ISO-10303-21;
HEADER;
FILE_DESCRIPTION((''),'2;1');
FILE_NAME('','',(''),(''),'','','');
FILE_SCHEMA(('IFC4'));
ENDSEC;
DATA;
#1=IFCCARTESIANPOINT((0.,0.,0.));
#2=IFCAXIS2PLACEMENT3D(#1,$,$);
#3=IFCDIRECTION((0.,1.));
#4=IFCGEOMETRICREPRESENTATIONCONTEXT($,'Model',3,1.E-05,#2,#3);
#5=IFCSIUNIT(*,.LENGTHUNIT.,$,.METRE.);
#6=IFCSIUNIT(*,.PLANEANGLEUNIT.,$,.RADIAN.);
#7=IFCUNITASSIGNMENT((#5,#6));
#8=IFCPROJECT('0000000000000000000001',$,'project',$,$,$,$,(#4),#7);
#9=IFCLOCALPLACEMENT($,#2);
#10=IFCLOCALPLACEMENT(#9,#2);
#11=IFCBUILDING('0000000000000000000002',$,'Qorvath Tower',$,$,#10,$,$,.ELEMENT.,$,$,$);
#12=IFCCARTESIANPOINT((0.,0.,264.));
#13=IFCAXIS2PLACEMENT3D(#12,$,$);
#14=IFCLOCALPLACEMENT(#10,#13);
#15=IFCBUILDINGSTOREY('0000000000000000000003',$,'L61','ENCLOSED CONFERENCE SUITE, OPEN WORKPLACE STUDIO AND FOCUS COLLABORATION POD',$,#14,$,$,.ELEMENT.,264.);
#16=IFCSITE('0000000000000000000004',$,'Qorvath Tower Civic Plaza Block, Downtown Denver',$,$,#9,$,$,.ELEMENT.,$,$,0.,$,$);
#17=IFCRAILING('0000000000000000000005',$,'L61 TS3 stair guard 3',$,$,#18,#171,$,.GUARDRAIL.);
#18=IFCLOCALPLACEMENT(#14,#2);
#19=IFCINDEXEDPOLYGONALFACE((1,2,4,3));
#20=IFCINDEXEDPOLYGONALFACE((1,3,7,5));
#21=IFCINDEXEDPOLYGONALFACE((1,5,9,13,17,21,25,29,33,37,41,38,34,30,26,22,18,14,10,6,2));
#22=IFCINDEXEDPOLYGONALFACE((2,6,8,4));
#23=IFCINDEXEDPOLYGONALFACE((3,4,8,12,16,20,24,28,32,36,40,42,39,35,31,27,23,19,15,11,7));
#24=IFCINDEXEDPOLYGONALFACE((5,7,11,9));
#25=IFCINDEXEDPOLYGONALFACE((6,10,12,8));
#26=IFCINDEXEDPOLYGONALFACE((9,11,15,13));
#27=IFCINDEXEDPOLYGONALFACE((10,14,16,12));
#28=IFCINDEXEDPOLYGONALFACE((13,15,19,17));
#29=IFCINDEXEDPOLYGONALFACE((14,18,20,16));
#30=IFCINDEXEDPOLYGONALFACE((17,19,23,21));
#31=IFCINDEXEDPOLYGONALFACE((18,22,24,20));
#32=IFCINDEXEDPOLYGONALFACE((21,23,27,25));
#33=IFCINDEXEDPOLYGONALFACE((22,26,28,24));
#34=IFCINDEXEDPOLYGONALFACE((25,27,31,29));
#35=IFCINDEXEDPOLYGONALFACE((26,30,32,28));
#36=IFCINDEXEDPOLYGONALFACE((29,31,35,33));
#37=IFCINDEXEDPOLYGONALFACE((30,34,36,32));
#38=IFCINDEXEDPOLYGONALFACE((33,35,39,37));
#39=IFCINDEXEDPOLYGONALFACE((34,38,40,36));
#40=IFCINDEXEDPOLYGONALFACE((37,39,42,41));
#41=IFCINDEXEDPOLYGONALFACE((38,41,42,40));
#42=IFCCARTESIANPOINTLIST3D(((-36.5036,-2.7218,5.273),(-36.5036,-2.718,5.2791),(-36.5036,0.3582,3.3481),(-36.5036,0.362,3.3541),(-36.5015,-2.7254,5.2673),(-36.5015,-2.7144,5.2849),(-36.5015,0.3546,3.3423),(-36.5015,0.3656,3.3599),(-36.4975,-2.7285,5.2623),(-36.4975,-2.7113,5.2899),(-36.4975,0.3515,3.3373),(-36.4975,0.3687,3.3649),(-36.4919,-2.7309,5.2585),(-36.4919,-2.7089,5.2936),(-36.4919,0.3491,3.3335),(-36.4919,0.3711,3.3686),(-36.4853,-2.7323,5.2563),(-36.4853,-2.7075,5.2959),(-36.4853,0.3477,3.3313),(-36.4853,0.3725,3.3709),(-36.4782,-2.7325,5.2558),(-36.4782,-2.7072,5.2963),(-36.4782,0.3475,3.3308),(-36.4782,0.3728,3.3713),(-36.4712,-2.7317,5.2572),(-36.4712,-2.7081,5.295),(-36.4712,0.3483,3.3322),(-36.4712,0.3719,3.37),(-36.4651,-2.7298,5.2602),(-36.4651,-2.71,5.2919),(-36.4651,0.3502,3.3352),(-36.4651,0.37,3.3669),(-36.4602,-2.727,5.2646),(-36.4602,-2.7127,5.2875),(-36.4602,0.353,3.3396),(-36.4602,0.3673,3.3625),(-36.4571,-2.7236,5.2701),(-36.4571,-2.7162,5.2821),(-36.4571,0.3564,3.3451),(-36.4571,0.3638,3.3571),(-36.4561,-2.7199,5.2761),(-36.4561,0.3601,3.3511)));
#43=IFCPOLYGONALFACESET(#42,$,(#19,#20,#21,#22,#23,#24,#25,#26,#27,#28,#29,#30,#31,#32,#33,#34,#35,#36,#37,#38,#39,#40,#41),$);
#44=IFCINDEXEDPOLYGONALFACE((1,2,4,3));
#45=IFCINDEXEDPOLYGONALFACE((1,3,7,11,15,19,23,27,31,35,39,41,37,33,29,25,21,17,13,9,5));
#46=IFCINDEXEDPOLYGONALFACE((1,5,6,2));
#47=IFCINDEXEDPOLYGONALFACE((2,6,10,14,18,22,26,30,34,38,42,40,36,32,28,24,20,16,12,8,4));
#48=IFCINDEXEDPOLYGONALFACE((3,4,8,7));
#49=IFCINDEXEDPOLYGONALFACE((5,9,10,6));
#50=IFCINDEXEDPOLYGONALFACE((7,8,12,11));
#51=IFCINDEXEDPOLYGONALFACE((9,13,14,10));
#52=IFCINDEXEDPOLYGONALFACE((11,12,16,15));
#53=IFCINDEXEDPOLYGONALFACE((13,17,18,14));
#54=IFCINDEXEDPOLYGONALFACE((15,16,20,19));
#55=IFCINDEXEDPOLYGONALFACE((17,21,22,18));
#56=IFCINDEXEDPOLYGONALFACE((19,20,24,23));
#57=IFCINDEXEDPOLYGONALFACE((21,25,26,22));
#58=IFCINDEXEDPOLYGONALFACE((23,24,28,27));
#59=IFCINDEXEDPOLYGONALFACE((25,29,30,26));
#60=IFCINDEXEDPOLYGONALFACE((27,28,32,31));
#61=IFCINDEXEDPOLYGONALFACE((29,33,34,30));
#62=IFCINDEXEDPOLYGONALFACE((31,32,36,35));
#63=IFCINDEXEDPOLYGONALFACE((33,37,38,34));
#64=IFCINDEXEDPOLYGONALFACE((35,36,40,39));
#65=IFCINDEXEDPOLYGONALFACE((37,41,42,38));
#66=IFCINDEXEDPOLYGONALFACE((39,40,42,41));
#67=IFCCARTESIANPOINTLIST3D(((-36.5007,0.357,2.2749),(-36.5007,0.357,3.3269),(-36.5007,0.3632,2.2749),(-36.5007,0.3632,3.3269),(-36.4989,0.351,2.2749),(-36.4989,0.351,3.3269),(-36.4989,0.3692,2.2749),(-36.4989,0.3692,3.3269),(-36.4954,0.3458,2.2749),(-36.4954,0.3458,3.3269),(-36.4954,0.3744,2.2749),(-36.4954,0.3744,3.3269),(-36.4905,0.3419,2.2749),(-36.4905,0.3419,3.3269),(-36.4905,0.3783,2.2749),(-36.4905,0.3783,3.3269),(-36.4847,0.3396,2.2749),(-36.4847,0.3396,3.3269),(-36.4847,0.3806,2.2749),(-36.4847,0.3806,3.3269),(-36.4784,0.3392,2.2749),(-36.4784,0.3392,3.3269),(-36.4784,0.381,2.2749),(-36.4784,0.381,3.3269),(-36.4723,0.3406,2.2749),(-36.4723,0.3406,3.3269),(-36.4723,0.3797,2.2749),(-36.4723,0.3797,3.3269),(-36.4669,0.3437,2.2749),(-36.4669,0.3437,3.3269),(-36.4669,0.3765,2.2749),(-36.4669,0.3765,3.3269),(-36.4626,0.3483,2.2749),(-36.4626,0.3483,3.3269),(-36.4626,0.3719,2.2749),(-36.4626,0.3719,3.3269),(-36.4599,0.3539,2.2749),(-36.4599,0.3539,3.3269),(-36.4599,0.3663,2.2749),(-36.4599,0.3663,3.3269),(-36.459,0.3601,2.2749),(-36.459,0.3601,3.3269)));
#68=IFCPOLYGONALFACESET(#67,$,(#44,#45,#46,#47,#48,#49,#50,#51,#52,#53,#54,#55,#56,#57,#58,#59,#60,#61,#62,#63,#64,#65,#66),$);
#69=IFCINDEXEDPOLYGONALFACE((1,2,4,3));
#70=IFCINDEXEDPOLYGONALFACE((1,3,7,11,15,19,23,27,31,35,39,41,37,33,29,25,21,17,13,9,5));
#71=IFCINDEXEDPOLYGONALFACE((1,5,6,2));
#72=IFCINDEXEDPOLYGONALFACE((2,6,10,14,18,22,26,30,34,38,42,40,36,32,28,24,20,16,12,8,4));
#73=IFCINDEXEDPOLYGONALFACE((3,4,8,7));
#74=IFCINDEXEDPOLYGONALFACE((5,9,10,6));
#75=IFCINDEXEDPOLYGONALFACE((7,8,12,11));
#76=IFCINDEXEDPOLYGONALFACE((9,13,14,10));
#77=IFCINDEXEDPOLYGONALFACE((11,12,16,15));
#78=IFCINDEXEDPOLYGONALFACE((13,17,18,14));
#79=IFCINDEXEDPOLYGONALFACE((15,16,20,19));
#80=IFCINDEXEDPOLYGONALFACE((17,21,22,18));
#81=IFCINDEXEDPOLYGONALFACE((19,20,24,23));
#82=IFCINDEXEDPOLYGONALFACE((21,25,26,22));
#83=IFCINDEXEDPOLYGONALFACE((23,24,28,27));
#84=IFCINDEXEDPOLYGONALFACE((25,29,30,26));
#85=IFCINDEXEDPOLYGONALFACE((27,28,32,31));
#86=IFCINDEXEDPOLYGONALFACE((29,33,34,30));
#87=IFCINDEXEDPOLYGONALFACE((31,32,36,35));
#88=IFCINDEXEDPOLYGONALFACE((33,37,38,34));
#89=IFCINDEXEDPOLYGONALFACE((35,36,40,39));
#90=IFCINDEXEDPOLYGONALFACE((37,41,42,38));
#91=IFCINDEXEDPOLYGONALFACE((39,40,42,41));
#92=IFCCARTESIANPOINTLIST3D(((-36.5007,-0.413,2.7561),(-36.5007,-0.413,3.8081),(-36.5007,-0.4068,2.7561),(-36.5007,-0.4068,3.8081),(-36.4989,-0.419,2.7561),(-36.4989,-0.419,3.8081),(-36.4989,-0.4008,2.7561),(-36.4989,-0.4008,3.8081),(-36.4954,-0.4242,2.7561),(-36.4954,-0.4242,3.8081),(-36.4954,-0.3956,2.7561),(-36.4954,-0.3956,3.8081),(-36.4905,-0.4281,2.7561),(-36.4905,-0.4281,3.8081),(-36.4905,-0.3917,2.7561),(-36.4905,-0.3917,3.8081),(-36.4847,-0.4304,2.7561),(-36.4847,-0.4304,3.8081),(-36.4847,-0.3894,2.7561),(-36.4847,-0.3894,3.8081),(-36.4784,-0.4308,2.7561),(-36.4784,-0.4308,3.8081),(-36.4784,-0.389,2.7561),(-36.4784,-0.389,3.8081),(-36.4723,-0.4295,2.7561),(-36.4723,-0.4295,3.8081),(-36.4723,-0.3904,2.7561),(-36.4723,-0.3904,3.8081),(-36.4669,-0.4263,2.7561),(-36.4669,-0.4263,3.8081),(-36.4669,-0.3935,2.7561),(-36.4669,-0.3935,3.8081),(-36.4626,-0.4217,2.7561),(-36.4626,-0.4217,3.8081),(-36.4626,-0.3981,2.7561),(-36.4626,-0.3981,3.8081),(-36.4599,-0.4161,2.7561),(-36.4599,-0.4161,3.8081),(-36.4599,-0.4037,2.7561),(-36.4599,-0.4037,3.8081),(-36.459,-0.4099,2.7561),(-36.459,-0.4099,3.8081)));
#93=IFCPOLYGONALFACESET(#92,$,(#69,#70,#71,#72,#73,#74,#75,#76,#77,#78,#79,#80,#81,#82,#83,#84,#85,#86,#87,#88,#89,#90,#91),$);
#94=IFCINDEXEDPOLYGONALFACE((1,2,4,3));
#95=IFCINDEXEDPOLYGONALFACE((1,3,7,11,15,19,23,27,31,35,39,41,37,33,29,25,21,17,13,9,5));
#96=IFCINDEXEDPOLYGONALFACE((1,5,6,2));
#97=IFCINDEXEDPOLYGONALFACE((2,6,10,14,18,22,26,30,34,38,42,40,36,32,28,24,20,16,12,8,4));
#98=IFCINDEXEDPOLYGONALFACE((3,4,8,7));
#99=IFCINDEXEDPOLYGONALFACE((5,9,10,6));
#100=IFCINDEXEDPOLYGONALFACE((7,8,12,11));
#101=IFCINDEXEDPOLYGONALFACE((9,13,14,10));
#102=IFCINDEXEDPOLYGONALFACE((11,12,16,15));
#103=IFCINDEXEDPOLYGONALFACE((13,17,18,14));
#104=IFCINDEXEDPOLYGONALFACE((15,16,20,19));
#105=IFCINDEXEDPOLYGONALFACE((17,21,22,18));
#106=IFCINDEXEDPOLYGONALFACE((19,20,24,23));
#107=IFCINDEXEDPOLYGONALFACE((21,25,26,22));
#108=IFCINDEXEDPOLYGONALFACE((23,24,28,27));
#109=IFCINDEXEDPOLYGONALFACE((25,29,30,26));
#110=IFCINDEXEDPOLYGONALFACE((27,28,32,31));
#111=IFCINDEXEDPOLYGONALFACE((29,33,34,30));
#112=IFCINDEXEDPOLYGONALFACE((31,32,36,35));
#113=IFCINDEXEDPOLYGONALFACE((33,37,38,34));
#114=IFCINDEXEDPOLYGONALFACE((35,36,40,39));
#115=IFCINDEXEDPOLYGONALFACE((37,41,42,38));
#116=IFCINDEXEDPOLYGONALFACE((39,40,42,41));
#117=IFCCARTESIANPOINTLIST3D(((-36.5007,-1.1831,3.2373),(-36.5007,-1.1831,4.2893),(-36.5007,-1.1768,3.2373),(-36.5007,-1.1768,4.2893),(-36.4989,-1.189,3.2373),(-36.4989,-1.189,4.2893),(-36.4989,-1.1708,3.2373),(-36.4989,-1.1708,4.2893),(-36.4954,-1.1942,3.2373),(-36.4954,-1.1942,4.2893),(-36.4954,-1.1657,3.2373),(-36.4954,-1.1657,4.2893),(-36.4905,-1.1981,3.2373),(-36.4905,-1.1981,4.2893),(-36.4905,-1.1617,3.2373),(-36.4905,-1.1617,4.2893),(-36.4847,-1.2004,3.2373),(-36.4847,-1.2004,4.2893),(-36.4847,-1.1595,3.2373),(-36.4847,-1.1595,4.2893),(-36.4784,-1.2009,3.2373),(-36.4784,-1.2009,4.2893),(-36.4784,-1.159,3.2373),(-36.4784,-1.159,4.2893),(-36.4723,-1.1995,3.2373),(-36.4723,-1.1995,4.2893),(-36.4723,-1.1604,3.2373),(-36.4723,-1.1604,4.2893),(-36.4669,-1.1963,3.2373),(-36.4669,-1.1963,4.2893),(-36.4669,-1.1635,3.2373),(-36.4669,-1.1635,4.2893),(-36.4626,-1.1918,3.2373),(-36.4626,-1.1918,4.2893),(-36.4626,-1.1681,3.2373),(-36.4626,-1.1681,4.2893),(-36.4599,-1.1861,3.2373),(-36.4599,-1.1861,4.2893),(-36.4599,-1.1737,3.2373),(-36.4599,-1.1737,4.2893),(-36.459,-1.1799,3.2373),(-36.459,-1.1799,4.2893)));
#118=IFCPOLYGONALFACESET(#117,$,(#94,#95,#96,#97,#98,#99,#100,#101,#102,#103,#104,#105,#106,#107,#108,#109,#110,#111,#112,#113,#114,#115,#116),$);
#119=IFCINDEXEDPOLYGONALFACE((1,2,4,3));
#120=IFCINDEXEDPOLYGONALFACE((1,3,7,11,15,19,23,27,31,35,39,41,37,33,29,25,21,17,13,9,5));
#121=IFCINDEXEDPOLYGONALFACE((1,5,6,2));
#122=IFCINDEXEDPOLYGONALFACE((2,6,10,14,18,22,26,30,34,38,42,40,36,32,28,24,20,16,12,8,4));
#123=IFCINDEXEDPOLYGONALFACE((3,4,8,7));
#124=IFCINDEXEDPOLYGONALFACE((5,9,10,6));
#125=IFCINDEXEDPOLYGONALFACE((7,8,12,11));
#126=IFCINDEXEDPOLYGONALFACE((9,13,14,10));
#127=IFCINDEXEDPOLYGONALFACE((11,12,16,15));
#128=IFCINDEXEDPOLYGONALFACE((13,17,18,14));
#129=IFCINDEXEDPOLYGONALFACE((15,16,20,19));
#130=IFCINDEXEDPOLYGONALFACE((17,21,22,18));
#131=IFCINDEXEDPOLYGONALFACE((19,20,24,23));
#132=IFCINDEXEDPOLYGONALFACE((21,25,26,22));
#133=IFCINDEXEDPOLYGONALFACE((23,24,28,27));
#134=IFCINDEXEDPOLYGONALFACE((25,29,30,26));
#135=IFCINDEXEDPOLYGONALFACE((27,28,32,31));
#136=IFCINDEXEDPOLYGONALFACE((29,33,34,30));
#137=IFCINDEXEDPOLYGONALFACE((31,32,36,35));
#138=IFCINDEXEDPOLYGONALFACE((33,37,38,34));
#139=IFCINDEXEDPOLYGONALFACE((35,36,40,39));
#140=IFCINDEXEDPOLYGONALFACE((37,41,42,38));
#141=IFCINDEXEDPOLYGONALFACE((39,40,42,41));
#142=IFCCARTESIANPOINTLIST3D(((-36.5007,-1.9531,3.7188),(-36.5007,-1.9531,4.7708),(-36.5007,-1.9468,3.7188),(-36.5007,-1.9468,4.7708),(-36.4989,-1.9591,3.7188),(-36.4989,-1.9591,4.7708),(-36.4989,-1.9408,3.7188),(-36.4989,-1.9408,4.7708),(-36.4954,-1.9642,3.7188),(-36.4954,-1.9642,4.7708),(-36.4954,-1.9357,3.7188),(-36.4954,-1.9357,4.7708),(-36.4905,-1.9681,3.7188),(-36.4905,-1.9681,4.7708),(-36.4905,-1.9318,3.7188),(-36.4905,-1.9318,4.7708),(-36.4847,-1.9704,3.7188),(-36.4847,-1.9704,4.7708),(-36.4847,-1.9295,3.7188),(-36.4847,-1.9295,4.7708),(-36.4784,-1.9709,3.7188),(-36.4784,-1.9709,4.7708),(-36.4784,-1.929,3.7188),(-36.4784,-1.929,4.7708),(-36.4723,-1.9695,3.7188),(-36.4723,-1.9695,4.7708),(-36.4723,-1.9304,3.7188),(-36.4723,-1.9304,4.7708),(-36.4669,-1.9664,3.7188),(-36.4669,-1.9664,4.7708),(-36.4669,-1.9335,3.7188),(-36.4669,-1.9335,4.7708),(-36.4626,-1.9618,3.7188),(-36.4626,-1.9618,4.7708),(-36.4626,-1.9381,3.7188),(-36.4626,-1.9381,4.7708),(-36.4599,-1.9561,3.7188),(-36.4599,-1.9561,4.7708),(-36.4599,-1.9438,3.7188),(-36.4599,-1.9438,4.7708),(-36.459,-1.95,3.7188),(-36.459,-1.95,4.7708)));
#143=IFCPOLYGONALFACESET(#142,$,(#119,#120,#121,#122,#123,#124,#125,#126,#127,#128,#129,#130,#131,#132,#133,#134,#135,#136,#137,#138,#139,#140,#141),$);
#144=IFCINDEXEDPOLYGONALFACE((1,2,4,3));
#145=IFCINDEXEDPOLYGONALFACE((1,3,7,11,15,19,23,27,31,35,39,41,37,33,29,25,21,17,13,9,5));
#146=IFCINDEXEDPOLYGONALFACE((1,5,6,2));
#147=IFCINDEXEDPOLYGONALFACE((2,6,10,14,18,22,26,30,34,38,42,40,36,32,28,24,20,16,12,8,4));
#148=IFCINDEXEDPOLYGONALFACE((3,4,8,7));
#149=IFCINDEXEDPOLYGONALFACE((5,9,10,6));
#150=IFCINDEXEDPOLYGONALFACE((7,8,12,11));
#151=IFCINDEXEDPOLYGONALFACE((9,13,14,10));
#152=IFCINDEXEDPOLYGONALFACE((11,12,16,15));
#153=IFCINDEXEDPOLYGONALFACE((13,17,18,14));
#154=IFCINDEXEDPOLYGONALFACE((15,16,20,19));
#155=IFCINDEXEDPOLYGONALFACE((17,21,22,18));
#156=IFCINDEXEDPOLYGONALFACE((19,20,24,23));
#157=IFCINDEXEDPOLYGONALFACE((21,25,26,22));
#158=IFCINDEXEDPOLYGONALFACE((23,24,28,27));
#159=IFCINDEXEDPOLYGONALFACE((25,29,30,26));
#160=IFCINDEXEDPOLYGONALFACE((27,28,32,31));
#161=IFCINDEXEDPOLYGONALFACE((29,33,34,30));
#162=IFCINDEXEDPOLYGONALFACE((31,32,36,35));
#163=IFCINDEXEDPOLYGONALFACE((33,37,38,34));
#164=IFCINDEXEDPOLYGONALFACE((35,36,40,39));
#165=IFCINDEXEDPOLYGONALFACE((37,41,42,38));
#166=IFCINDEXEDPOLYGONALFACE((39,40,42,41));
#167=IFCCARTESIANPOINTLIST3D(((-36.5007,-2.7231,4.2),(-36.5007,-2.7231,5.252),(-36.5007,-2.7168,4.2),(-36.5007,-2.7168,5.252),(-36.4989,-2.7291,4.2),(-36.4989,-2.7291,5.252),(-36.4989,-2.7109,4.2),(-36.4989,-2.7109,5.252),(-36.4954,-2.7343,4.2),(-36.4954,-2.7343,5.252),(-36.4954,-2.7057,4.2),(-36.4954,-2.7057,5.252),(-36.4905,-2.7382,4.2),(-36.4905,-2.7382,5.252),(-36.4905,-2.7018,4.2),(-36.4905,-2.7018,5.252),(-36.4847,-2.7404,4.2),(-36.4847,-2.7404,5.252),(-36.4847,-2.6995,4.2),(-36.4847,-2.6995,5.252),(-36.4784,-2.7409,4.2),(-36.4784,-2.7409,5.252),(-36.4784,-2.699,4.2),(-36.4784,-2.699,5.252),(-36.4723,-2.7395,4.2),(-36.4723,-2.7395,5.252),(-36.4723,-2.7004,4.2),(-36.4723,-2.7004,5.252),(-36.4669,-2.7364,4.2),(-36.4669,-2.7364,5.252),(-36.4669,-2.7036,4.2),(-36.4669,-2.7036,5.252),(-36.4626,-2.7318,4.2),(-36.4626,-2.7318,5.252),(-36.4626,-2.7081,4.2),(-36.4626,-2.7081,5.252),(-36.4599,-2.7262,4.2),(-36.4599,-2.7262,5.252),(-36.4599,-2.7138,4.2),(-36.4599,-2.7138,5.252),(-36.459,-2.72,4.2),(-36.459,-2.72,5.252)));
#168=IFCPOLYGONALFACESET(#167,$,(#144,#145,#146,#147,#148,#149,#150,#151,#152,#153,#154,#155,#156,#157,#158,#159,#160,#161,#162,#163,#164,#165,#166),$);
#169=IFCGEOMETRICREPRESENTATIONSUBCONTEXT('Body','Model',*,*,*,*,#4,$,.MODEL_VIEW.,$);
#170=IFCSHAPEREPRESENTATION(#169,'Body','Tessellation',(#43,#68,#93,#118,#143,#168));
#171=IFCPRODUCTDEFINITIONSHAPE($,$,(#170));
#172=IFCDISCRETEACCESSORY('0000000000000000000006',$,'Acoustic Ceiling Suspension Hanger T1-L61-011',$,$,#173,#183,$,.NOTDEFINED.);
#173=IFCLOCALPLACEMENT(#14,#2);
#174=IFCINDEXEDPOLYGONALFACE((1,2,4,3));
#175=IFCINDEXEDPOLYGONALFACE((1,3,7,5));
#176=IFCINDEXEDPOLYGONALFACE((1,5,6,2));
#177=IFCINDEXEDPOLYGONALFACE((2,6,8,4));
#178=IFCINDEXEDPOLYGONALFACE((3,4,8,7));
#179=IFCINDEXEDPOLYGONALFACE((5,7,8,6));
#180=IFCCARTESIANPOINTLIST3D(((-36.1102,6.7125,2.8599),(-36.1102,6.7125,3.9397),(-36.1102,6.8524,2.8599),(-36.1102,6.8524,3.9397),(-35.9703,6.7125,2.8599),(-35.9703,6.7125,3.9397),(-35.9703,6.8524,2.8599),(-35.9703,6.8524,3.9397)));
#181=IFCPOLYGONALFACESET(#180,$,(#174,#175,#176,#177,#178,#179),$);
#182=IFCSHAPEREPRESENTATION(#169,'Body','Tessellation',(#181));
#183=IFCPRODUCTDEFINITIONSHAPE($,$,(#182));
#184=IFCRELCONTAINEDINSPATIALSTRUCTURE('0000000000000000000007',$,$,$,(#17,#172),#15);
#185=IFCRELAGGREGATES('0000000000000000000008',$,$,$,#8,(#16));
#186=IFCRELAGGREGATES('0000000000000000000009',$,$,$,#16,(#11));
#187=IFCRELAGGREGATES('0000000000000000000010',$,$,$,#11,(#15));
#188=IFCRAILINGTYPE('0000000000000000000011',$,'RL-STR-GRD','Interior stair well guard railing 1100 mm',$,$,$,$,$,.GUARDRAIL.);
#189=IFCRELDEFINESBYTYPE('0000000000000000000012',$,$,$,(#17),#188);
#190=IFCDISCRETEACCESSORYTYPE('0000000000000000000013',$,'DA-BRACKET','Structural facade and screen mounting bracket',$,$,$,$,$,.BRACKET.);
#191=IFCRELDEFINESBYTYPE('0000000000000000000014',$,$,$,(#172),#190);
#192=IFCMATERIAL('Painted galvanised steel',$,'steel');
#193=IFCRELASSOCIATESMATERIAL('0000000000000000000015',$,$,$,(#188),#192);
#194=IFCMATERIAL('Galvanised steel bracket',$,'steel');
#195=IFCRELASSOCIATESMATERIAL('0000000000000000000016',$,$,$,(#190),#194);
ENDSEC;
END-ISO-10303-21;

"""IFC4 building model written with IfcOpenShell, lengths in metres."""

from ifc_helpers import new_model, si_unit, direction, frame, origin, origin_2d, place, context, subcontext, project, spatial, rectangle, circle, extrude, material, type_object, element, save


model = new_model("IFC4")

# Units and contexts
model_context = context("Model", 3, precision=1e-05, world=origin(), true_north=direction((0.0, 1.0)))
body_context = subcontext(model_context, "Body", "Model", "MODEL_VIEW")
ifc_project = project(units=[si_unit("LENGTHUNIT", "METRE"), si_unit("PLANEANGLEUNIT", "RADIAN")], contexts=[model_context])

# Site, building, storey
site_placement = place(None, origin())
site = spatial("IfcSite", under=ifc_project, at=site_placement, Name="Qorvath Tower Civic Plaza Block, Downtown Denver", CompositionType="ELEMENT", RefElevation=0.0)
building_placement = place(site_placement, origin())
building = spatial("IfcBuilding", under=site, at=building_placement, Name="Qorvath Tower", CompositionType="ELEMENT")
storey_placement = place(building_placement, frame((0.0, 0.0, 264.0)))
storey = spatial("IfcBuildingStorey", under=building, at=storey_placement, Name="L61", Description="ENCLOSED CONFERENCE SUITE, OPEN WORKPLACE STUDIO AND FOCUS COLLABORATION POD", CompositionType="ELEMENT", Elevation=264.0)

# Railing
ifc_material_1 = material(Name="Painted galvanised steel", Category="steel")
railing_type = type_object("IfcRailingType", Name="RL-STR-GRD", Description="Interior stair well guard railing 1100 mm", PredefinedType="GUARDRAIL", material=ifc_material_1)
railing_1_placement = place(storey_placement, frame((-36.48, 0.3601, 2.2749)))
element("IfcRailing", 1, at=railing_1_placement, inside=storey, type_object=railing_type, Name="L61 TS3 stair guard 3", PredefinedType="GUARDRAIL", context=body_context, shape_type="SweptSolid", body=[
    extrude(circle(Radius=0.0239, at=origin_2d()), frame((0.0, 0.0, 1.0762), z_axis=(0.0, -0.847998, 0.529999), x_axis=(1.0, 0.0, 0.0)), (0.0, 0.0, 1.0), 3.6321),
    extrude(circle(Radius=0.021, at=origin_2d()), origin(), (0.0, 0.0, 1.0), 1.052),
    extrude(circle(Radius=0.021, at=origin_2d()), frame((0.0, -0.77, 0.4812)), (0.0, 0.0, 1.0), 1.052),
    extrude(circle(Radius=0.021, at=origin_2d()), frame((0.0, -1.54, 0.9624)), (0.0, 0.0, 1.0), 1.052),
    extrude(circle(Radius=0.021, at=origin_2d()), frame((0.0, -2.3101, 1.4438)), (0.0, 0.0, 1.0), 1.052),
    extrude(circle(Radius=0.021, at=origin_2d()), frame((0.0, -3.0801, 1.925)), (0.0, 0.0, 1.0), 1.052),
])

# Discrete accessory
ifc_material_2 = material(Name="Galvanised steel bracket", Category="steel")
discrete_accessory_type = type_object("IfcDiscreteAccessoryType", Name="DA-BRACKET", Description="Structural facade and screen mounting bracket", PredefinedType="BRACKET", material=ifc_material_2)
discrete_accessory_placement = place(storey_placement, frame((-36.0403, 6.7825, 2.8599), z_axis=(0.0, 0.0, 1.0), x_axis=(1.0, 0.0, 0.0)))
element("IfcDiscreteAccessory", 2, at=discrete_accessory_placement, inside=storey, type_object=discrete_accessory_type, Name="Acoustic Ceiling Suspension Hanger T1-L61-011", PredefinedType="NOTDEFINED", context=body_context, shape_type="SweptSolid", body=[
    extrude(rectangle(XDim=0.1399, YDim=0.1399, at=origin_2d()), origin(), (0.0, 0.0, 1.0), 1.0798),
])

save(model, "model.ifc")
